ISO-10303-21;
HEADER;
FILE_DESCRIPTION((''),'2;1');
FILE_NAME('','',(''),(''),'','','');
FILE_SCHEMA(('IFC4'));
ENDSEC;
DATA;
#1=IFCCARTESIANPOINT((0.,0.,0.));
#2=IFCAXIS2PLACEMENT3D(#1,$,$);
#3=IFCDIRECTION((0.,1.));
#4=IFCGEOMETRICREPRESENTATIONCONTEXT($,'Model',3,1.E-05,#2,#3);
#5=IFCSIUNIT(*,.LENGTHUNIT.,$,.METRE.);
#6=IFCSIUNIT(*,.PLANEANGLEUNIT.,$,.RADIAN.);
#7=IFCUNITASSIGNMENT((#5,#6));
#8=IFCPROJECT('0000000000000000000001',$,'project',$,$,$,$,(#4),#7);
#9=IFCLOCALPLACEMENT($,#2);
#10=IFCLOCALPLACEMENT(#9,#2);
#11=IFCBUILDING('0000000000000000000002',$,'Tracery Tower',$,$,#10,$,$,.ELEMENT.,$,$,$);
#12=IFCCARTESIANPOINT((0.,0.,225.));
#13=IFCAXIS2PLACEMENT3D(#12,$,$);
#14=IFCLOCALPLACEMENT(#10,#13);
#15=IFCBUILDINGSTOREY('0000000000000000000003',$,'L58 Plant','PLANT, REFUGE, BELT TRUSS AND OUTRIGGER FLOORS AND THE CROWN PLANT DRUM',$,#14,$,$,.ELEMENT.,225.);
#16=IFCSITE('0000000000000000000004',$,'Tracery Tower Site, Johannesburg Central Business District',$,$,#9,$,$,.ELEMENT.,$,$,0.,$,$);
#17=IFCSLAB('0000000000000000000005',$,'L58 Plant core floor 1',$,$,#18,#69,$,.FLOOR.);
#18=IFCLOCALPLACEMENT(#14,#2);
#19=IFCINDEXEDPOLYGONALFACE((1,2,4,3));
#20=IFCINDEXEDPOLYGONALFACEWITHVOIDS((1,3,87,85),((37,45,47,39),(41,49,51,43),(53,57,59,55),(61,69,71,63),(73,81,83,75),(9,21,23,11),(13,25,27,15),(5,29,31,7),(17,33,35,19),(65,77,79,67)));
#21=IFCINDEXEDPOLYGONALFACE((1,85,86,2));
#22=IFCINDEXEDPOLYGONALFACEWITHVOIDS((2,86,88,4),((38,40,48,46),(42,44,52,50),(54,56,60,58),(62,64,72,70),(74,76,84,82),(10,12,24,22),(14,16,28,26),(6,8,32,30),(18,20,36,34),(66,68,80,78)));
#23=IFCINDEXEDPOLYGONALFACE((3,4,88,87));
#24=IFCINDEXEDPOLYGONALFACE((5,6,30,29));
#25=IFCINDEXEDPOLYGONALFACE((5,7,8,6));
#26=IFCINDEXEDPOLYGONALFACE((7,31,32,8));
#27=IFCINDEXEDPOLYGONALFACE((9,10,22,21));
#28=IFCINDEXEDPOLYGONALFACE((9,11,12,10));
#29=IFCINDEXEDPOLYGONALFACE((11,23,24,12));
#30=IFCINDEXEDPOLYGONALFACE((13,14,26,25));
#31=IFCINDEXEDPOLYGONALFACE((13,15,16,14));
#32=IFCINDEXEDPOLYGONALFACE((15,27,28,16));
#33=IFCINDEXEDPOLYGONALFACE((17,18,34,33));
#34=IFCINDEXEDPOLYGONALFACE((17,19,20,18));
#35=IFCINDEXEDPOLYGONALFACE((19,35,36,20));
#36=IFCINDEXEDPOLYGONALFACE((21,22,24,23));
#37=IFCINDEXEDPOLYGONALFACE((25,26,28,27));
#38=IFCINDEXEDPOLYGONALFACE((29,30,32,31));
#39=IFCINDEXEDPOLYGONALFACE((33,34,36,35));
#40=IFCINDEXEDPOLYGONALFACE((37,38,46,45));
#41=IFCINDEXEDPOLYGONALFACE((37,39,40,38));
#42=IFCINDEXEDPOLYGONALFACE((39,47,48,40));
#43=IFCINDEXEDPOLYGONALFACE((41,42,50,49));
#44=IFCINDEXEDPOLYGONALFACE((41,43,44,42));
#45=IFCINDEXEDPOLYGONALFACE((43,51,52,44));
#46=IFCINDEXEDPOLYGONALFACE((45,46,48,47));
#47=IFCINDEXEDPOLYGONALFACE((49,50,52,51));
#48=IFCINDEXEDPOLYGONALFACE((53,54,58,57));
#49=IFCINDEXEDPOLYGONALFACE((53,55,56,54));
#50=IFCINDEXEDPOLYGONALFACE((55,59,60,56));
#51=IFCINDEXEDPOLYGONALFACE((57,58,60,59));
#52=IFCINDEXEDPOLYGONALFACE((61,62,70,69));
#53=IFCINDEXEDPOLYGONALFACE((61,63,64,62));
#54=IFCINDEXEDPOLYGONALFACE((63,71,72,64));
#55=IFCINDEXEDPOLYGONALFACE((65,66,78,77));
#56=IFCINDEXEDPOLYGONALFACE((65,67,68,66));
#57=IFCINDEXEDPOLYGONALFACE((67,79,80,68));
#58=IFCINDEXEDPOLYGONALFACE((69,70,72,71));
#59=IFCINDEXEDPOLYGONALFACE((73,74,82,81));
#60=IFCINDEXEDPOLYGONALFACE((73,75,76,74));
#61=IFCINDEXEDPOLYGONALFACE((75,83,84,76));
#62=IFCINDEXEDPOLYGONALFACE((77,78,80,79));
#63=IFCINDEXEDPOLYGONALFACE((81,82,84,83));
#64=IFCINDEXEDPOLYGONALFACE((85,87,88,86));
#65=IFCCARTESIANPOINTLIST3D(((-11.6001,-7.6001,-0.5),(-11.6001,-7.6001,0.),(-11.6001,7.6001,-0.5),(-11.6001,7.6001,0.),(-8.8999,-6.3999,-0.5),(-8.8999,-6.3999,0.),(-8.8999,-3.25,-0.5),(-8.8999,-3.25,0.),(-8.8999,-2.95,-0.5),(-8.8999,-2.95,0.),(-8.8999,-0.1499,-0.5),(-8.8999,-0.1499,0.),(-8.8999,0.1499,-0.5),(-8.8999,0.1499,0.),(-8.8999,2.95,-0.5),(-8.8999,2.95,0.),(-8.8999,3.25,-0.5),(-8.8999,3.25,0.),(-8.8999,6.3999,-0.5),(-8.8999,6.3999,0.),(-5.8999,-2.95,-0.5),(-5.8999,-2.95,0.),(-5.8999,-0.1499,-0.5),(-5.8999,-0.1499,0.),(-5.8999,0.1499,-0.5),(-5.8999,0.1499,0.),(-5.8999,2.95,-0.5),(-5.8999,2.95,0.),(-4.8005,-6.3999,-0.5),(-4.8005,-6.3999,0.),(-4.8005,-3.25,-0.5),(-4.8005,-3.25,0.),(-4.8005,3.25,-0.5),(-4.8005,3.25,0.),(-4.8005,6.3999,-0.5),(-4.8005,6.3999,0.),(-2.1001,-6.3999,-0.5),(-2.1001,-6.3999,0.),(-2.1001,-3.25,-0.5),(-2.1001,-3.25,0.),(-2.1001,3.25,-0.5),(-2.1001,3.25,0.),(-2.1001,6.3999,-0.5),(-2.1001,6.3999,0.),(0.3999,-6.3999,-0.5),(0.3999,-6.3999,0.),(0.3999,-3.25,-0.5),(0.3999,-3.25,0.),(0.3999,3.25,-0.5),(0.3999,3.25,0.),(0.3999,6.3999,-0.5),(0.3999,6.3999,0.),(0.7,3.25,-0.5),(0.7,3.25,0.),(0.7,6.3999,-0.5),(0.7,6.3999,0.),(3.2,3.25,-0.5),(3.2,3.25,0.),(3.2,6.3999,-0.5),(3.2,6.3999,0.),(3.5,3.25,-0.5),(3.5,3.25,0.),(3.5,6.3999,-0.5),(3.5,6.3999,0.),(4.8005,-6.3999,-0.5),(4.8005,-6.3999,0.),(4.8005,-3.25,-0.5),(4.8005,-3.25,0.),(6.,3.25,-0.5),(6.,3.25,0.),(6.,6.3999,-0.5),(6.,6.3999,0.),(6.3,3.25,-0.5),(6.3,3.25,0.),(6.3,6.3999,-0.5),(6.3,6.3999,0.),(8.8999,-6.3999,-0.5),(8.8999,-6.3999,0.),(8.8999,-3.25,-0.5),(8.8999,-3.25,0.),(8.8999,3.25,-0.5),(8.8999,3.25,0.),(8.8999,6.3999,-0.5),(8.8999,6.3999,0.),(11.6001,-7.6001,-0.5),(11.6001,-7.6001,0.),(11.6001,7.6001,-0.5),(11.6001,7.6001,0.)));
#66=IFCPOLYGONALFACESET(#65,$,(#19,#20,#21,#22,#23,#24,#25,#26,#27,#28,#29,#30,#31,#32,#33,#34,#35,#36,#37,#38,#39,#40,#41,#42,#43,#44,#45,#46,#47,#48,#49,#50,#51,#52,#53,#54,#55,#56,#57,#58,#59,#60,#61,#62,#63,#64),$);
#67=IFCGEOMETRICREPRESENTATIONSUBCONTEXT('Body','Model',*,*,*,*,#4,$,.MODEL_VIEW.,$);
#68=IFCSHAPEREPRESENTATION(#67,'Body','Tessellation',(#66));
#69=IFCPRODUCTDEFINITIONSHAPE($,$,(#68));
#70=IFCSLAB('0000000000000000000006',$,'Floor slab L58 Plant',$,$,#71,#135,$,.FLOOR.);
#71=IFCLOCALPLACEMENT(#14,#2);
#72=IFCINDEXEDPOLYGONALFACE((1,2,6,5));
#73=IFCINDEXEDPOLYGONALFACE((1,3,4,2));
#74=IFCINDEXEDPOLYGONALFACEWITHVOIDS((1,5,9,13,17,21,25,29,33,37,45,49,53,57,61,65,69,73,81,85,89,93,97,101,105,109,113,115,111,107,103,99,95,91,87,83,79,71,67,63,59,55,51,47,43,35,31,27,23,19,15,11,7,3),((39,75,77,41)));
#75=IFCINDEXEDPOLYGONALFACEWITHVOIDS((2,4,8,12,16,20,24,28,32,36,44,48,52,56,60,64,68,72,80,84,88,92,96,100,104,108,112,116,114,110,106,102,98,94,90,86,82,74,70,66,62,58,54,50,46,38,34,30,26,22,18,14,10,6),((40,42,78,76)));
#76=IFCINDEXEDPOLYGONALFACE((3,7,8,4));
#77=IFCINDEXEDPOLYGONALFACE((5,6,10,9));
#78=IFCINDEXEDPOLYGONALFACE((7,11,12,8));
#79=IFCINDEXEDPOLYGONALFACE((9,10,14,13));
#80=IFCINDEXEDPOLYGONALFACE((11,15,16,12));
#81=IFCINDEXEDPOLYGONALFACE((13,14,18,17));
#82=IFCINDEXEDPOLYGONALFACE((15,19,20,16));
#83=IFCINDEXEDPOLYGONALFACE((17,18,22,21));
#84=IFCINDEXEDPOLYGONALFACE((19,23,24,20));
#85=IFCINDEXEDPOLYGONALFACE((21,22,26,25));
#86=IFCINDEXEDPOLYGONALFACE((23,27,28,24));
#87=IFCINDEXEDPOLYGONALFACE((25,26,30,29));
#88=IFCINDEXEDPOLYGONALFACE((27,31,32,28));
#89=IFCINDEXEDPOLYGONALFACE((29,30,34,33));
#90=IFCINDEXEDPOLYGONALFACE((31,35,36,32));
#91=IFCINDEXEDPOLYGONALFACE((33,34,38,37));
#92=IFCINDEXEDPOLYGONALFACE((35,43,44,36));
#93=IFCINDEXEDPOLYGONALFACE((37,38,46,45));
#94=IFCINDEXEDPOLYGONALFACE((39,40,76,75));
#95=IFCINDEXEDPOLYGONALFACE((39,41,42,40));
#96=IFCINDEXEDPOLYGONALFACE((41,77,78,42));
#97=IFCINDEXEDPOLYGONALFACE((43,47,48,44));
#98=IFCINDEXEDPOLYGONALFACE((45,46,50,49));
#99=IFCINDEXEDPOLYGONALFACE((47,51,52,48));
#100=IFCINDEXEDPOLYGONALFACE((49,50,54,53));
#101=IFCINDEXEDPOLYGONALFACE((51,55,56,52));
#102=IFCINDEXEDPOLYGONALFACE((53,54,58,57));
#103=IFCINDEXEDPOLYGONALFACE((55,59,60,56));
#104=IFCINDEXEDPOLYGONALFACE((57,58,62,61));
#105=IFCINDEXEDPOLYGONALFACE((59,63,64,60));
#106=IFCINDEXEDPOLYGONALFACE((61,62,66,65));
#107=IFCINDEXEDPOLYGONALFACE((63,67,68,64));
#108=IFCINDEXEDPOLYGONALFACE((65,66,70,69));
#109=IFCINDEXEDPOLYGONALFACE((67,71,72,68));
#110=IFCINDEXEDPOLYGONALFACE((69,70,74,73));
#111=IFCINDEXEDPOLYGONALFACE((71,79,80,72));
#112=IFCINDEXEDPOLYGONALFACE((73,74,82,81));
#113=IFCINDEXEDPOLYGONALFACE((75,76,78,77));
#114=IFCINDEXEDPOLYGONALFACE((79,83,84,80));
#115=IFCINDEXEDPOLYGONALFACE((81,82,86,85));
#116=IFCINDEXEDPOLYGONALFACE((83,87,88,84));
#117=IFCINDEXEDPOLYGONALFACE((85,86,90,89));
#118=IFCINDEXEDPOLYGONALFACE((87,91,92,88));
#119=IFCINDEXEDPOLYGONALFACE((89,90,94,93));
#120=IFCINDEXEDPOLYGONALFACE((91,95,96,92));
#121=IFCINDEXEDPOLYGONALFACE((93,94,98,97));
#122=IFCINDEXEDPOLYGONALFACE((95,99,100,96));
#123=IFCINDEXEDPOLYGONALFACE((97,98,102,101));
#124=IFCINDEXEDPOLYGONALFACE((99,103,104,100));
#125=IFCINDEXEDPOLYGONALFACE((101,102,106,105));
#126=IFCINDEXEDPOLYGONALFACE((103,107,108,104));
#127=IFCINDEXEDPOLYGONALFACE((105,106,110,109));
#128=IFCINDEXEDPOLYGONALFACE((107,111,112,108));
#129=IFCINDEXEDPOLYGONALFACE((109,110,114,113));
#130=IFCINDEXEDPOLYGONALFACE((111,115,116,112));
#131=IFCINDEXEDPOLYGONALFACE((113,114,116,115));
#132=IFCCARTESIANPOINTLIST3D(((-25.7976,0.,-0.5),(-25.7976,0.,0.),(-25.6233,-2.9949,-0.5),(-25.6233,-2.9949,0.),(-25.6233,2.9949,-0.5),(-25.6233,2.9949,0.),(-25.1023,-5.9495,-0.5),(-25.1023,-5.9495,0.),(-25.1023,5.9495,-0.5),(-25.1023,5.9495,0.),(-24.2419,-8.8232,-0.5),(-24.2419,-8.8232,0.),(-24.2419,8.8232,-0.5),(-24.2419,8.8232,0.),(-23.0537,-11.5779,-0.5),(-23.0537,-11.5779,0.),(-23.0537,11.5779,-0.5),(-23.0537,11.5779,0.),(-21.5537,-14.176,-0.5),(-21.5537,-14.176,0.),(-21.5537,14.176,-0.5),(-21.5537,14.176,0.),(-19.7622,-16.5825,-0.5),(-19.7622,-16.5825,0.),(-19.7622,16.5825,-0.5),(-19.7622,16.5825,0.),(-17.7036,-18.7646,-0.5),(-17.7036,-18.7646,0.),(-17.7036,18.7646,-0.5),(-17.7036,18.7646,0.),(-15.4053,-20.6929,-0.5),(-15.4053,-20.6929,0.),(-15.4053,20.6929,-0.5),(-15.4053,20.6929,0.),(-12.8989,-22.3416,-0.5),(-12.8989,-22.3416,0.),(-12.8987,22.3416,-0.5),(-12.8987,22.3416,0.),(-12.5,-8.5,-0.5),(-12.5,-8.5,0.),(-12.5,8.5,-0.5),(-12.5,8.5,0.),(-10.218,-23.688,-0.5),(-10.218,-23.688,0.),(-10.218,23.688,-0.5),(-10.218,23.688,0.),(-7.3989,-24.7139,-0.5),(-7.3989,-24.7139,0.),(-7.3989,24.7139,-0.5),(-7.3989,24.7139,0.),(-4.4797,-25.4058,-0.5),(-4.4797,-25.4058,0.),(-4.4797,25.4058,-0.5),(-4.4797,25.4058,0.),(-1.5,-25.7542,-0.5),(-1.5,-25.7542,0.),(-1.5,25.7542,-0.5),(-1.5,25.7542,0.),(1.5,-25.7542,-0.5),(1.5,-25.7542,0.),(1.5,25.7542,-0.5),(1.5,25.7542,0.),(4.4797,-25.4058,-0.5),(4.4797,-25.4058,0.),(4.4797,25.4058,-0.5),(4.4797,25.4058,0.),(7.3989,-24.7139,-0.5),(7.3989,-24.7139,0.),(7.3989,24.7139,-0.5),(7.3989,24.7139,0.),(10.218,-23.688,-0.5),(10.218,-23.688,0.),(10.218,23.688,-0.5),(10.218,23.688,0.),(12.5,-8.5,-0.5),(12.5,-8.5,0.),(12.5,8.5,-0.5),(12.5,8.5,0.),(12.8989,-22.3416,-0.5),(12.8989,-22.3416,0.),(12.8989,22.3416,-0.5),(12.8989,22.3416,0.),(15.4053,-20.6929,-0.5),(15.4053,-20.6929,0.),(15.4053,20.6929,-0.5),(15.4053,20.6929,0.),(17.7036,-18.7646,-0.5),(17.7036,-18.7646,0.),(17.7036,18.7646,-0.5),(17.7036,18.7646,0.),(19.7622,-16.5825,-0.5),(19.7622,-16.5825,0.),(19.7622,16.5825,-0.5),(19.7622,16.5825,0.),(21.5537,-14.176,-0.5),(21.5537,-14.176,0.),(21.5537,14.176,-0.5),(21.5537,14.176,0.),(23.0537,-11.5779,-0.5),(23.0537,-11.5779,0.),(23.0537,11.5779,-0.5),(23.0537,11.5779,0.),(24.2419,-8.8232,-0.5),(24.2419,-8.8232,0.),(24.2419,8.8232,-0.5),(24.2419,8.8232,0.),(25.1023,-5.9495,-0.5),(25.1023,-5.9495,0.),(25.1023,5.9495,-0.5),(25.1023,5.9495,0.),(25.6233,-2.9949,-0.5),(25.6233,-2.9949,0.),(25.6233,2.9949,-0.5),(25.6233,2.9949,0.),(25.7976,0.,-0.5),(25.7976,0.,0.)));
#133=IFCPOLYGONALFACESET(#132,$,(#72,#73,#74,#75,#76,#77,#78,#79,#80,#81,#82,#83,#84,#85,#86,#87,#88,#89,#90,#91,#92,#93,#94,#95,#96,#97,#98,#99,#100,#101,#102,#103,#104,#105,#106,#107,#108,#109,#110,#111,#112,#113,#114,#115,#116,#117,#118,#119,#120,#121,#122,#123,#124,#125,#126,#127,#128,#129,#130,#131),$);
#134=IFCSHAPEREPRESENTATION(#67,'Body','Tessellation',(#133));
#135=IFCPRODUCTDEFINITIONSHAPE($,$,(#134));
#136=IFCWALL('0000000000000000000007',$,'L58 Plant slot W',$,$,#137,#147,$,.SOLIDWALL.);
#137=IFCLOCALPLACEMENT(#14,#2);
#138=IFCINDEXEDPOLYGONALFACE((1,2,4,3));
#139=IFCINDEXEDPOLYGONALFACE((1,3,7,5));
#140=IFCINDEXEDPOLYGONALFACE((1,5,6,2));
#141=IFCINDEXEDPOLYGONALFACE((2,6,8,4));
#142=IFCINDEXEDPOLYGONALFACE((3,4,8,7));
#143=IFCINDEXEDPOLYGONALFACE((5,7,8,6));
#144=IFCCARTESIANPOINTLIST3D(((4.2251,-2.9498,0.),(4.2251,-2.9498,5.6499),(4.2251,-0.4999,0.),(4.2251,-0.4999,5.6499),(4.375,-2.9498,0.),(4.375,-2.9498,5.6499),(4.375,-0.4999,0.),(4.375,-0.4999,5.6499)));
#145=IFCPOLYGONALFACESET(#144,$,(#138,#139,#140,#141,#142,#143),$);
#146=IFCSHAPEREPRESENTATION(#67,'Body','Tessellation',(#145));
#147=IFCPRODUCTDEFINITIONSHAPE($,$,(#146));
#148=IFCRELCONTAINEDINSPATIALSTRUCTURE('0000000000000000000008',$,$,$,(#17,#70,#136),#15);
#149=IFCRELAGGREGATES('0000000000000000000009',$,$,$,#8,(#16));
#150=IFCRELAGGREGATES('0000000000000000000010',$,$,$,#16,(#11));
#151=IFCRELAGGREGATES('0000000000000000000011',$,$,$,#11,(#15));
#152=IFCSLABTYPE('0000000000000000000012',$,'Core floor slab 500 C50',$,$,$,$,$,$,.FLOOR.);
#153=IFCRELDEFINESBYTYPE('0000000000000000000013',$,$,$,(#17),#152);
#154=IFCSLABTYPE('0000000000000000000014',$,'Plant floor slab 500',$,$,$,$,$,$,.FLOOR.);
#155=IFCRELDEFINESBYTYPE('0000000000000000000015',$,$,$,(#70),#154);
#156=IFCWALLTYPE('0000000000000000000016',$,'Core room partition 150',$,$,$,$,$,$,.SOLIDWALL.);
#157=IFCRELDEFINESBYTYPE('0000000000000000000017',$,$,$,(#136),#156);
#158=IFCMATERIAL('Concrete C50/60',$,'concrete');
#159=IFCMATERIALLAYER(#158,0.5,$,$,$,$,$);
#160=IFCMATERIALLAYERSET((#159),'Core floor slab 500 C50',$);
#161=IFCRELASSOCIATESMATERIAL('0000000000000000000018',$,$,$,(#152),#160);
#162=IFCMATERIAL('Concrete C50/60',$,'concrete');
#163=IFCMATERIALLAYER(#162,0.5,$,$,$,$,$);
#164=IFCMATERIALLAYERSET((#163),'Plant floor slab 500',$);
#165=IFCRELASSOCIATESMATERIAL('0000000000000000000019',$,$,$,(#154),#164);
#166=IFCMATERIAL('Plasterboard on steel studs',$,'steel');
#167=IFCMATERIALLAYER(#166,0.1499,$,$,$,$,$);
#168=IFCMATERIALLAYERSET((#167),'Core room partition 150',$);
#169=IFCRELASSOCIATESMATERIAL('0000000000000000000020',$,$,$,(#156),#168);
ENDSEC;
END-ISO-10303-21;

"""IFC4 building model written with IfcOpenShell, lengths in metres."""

from ifc_helpers import new_model, si_unit, direction, frame, frame_2d, origin, place, context, subcontext, project, spatial, polyline, rectangle, outline, extrude, material, layer, layer_set, type_object, element, save


model = new_model("IFC4")

# Units and contexts
model_context = context("Model", 3, precision=1e-05, world=origin(), true_north=direction((0.0, 1.0)))
body_context = subcontext(model_context, "Body", "Model", "MODEL_VIEW")
ifc_project = project(units=[si_unit("LENGTHUNIT", "METRE"), si_unit("PLANEANGLEUNIT", "RADIAN")], contexts=[model_context])

# Site, building, storey
site_placement = place(None, origin())
site = spatial("IfcSite", under=ifc_project, at=site_placement, Name="Tracery Tower Site, Johannesburg Central Business District", CompositionType="ELEMENT", RefElevation=0.0)
building_placement = place(site_placement, origin())
building = spatial("IfcBuilding", under=site, at=building_placement, Name="Tracery Tower", CompositionType="ELEMENT")
storey_placement = place(building_placement, frame((0.0, 0.0, 225.0)))
storey = spatial("IfcBuildingStorey", under=building, at=storey_placement, Name="L58 Plant", Description="PLANT, REFUGE, BELT TRUSS AND OUTRIGGER FLOORS AND THE CROWN PLANT DRUM", CompositionType="ELEMENT", Elevation=225.0)

# Slabs
ifc_material_1 = material(Name="Concrete C50/60", Category="concrete")
ifc_layer_1 = layer(ifc_material_1, 0.5)
ifc_layer_set_1 = layer_set([ifc_layer_1], Name="Core floor slab 500 C50")
slab_type_1 = type_object("IfcSlabType", Name="Core floor slab 500 C50", PredefinedType="FLOOR", material=ifc_layer_set_1)
slab_1_placement = place(storey_placement, frame((0.0, 0.0, -0.5)))
element("IfcSlab", 1, at=slab_1_placement, inside=storey, type_object=slab_type_1, Name="L58 Plant core floor 1", PredefinedType="FLOOR", context=body_context, shape_type="SweptSolid", body=[
    extrude(outline(polyline([(-11.6001, 7.6001), (11.6001, 7.6001), (11.6001, -7.6001), (-11.6001, -7.6001), (-11.6001, 7.6001)]), holes=[polyline([(4.8005, -6.3999), (8.8999, -6.3999), (8.8999, -3.25), (4.8005, -3.25), (4.8005, -6.3999)]), polyline([(8.8999, 3.25), (8.8999, 6.3999), (6.3, 6.3999), (6.3, 3.25), (8.8999, 3.25)]), polyline([(6.0, 3.25), (6.0, 6.3999), (3.5, 6.3999), (3.5, 3.25), (6.0, 3.25)]), polyline([(3.2, 3.25), (3.2, 6.3999), (0.7, 6.3999), (0.7, 3.25), (3.2, 3.25)]), polyline([(0.3999, -6.3999), (0.3999, -3.25), (-2.1001, -3.25), (-2.1001, -6.3999), (0.3999, -6.3999)]), polyline([(0.3999, 3.25), (0.3999, 6.3999), (-2.1001, 6.3999), (-2.1001, 3.25), (0.3999, 3.25)]), polyline([(-8.8999, -3.25), (-8.8999, -6.3999), (-4.8005, -6.3999), (-4.8005, -3.25), (-8.8999, -3.25)]), polyline([(-4.8005, 6.3999), (-8.8999, 6.3999), (-8.8999, 3.25), (-4.8005, 3.25), (-4.8005, 6.3999)]), polyline([(-5.8999, -2.95), (-5.8999, -0.1499), (-8.8999, -0.1499), (-8.8999, -2.95), (-5.8999, -2.95)]), polyline([(-5.8999, 0.1499), (-5.8999, 2.95), (-8.8999, 2.95), (-8.8999, 0.1499), (-5.8999, 0.1499)])]), origin(), (0.0, 0.0, 1.0), 0.5),
])
ifc_material_2 = material(Name="Concrete C50/60", Category="concrete")
ifc_layer_2 = layer(ifc_material_2, 0.5)
ifc_layer_set_2 = layer_set([ifc_layer_2], Name="Plant floor slab 500")
slab_type_2 = type_object("IfcSlabType", Name="Plant floor slab 500", PredefinedType="FLOOR", material=ifc_layer_set_2)
slab_2_placement = place(storey_placement, frame((0.0, 0.0, -0.5)))
element("IfcSlab", 2, at=slab_2_placement, inside=storey, type_object=slab_type_2, Name="Floor slab L58 Plant", PredefinedType="FLOOR", context=body_context, shape_type="SweptSolid", body=[
    extrude(outline(polyline([(25.7976, 0.0), (25.6233, 2.9949), (25.1023, 5.9495), (24.2419, 8.8232), (23.0537, 11.5779), (21.5537, 14.176), (19.7622, 16.5825), (17.7036, 18.7646), (15.4053, 20.6929), (12.8989, 22.3416), (10.218, 23.688), (7.3989, 24.7139), (4.4797, 25.4058), (1.5, 25.7542), (-1.5, 25.7542), (-4.4797, 25.4058), (-7.3989, 24.7139), (-10.218, 23.688), (-12.8987, 22.3416), (-15.4053, 20.6929), (-17.7036, 18.7646), (-19.7622, 16.5825), (-21.5537, 14.176), (-23.0537, 11.5779), (-24.2419, 8.8232), (-25.1023, 5.9495), (-25.6233, 2.9949), (-25.7976, 0.0), (-25.6233, -2.9949), (-25.1023, -5.9495), (-24.2419, -8.8232), (-23.0537, -11.5779), (-21.5537, -14.176), (-19.7622, -16.5825), (-17.7036, -18.7646), (-15.4053, -20.6929), (-12.8989, -22.3416), (-10.218, -23.688), (-7.3989, -24.7139), (-4.4797, -25.4058), (-1.5, -25.7542), (1.5, -25.7542), (4.4797, -25.4058), (7.3989, -24.7139), (10.218, -23.688), (12.8989, -22.3416), (15.4053, -20.6929), (17.7036, -18.7646), (19.7622, -16.5825), (21.5537, -14.176), (23.0537, -11.5779), (24.2419, -8.8232), (25.1023, -5.9495), (25.6233, -2.9949), (25.7976, 0.0)]), holes=[polyline([(-12.5, -8.5), (12.5, -8.5), (12.5, 8.5), (-12.5, 8.5), (-12.5, -8.5)])]), origin(), (0.0, 0.0, 1.0), 0.5),
])

# Wall
ifc_material_3 = material(Name="Plasterboard on steel studs", Category="steel")
ifc_layer_3 = layer(ifc_material_3, 0.1499)
ifc_layer_set_3 = layer_set([ifc_layer_3], Name="Core room partition 150")
wall_type_1 = type_object("IfcWallType", Name="Core room partition 150", PredefinedType="SOLIDWALL", material=ifc_layer_set_3)
wall_1_placement = place(storey_placement, frame((4.3, -2.95, 0.0), z_axis=(0.0, 0.0, 1.0), x_axis=(0.0, 1.0, 0.0)))
element("IfcWall", 3, at=wall_1_placement, inside=storey, type_object=wall_type_1, Name="L58 Plant slot W", PredefinedType="SOLIDWALL", context=body_context, shape_type="SweptSolid", body=[
    extrude(rectangle(XDim=2.45, YDim=0.1499, at=frame_2d((1.2251, 0.0))), origin(), (0.0, 0.0, 1.0), 5.6499),
])

save(model, "model.ifc")
